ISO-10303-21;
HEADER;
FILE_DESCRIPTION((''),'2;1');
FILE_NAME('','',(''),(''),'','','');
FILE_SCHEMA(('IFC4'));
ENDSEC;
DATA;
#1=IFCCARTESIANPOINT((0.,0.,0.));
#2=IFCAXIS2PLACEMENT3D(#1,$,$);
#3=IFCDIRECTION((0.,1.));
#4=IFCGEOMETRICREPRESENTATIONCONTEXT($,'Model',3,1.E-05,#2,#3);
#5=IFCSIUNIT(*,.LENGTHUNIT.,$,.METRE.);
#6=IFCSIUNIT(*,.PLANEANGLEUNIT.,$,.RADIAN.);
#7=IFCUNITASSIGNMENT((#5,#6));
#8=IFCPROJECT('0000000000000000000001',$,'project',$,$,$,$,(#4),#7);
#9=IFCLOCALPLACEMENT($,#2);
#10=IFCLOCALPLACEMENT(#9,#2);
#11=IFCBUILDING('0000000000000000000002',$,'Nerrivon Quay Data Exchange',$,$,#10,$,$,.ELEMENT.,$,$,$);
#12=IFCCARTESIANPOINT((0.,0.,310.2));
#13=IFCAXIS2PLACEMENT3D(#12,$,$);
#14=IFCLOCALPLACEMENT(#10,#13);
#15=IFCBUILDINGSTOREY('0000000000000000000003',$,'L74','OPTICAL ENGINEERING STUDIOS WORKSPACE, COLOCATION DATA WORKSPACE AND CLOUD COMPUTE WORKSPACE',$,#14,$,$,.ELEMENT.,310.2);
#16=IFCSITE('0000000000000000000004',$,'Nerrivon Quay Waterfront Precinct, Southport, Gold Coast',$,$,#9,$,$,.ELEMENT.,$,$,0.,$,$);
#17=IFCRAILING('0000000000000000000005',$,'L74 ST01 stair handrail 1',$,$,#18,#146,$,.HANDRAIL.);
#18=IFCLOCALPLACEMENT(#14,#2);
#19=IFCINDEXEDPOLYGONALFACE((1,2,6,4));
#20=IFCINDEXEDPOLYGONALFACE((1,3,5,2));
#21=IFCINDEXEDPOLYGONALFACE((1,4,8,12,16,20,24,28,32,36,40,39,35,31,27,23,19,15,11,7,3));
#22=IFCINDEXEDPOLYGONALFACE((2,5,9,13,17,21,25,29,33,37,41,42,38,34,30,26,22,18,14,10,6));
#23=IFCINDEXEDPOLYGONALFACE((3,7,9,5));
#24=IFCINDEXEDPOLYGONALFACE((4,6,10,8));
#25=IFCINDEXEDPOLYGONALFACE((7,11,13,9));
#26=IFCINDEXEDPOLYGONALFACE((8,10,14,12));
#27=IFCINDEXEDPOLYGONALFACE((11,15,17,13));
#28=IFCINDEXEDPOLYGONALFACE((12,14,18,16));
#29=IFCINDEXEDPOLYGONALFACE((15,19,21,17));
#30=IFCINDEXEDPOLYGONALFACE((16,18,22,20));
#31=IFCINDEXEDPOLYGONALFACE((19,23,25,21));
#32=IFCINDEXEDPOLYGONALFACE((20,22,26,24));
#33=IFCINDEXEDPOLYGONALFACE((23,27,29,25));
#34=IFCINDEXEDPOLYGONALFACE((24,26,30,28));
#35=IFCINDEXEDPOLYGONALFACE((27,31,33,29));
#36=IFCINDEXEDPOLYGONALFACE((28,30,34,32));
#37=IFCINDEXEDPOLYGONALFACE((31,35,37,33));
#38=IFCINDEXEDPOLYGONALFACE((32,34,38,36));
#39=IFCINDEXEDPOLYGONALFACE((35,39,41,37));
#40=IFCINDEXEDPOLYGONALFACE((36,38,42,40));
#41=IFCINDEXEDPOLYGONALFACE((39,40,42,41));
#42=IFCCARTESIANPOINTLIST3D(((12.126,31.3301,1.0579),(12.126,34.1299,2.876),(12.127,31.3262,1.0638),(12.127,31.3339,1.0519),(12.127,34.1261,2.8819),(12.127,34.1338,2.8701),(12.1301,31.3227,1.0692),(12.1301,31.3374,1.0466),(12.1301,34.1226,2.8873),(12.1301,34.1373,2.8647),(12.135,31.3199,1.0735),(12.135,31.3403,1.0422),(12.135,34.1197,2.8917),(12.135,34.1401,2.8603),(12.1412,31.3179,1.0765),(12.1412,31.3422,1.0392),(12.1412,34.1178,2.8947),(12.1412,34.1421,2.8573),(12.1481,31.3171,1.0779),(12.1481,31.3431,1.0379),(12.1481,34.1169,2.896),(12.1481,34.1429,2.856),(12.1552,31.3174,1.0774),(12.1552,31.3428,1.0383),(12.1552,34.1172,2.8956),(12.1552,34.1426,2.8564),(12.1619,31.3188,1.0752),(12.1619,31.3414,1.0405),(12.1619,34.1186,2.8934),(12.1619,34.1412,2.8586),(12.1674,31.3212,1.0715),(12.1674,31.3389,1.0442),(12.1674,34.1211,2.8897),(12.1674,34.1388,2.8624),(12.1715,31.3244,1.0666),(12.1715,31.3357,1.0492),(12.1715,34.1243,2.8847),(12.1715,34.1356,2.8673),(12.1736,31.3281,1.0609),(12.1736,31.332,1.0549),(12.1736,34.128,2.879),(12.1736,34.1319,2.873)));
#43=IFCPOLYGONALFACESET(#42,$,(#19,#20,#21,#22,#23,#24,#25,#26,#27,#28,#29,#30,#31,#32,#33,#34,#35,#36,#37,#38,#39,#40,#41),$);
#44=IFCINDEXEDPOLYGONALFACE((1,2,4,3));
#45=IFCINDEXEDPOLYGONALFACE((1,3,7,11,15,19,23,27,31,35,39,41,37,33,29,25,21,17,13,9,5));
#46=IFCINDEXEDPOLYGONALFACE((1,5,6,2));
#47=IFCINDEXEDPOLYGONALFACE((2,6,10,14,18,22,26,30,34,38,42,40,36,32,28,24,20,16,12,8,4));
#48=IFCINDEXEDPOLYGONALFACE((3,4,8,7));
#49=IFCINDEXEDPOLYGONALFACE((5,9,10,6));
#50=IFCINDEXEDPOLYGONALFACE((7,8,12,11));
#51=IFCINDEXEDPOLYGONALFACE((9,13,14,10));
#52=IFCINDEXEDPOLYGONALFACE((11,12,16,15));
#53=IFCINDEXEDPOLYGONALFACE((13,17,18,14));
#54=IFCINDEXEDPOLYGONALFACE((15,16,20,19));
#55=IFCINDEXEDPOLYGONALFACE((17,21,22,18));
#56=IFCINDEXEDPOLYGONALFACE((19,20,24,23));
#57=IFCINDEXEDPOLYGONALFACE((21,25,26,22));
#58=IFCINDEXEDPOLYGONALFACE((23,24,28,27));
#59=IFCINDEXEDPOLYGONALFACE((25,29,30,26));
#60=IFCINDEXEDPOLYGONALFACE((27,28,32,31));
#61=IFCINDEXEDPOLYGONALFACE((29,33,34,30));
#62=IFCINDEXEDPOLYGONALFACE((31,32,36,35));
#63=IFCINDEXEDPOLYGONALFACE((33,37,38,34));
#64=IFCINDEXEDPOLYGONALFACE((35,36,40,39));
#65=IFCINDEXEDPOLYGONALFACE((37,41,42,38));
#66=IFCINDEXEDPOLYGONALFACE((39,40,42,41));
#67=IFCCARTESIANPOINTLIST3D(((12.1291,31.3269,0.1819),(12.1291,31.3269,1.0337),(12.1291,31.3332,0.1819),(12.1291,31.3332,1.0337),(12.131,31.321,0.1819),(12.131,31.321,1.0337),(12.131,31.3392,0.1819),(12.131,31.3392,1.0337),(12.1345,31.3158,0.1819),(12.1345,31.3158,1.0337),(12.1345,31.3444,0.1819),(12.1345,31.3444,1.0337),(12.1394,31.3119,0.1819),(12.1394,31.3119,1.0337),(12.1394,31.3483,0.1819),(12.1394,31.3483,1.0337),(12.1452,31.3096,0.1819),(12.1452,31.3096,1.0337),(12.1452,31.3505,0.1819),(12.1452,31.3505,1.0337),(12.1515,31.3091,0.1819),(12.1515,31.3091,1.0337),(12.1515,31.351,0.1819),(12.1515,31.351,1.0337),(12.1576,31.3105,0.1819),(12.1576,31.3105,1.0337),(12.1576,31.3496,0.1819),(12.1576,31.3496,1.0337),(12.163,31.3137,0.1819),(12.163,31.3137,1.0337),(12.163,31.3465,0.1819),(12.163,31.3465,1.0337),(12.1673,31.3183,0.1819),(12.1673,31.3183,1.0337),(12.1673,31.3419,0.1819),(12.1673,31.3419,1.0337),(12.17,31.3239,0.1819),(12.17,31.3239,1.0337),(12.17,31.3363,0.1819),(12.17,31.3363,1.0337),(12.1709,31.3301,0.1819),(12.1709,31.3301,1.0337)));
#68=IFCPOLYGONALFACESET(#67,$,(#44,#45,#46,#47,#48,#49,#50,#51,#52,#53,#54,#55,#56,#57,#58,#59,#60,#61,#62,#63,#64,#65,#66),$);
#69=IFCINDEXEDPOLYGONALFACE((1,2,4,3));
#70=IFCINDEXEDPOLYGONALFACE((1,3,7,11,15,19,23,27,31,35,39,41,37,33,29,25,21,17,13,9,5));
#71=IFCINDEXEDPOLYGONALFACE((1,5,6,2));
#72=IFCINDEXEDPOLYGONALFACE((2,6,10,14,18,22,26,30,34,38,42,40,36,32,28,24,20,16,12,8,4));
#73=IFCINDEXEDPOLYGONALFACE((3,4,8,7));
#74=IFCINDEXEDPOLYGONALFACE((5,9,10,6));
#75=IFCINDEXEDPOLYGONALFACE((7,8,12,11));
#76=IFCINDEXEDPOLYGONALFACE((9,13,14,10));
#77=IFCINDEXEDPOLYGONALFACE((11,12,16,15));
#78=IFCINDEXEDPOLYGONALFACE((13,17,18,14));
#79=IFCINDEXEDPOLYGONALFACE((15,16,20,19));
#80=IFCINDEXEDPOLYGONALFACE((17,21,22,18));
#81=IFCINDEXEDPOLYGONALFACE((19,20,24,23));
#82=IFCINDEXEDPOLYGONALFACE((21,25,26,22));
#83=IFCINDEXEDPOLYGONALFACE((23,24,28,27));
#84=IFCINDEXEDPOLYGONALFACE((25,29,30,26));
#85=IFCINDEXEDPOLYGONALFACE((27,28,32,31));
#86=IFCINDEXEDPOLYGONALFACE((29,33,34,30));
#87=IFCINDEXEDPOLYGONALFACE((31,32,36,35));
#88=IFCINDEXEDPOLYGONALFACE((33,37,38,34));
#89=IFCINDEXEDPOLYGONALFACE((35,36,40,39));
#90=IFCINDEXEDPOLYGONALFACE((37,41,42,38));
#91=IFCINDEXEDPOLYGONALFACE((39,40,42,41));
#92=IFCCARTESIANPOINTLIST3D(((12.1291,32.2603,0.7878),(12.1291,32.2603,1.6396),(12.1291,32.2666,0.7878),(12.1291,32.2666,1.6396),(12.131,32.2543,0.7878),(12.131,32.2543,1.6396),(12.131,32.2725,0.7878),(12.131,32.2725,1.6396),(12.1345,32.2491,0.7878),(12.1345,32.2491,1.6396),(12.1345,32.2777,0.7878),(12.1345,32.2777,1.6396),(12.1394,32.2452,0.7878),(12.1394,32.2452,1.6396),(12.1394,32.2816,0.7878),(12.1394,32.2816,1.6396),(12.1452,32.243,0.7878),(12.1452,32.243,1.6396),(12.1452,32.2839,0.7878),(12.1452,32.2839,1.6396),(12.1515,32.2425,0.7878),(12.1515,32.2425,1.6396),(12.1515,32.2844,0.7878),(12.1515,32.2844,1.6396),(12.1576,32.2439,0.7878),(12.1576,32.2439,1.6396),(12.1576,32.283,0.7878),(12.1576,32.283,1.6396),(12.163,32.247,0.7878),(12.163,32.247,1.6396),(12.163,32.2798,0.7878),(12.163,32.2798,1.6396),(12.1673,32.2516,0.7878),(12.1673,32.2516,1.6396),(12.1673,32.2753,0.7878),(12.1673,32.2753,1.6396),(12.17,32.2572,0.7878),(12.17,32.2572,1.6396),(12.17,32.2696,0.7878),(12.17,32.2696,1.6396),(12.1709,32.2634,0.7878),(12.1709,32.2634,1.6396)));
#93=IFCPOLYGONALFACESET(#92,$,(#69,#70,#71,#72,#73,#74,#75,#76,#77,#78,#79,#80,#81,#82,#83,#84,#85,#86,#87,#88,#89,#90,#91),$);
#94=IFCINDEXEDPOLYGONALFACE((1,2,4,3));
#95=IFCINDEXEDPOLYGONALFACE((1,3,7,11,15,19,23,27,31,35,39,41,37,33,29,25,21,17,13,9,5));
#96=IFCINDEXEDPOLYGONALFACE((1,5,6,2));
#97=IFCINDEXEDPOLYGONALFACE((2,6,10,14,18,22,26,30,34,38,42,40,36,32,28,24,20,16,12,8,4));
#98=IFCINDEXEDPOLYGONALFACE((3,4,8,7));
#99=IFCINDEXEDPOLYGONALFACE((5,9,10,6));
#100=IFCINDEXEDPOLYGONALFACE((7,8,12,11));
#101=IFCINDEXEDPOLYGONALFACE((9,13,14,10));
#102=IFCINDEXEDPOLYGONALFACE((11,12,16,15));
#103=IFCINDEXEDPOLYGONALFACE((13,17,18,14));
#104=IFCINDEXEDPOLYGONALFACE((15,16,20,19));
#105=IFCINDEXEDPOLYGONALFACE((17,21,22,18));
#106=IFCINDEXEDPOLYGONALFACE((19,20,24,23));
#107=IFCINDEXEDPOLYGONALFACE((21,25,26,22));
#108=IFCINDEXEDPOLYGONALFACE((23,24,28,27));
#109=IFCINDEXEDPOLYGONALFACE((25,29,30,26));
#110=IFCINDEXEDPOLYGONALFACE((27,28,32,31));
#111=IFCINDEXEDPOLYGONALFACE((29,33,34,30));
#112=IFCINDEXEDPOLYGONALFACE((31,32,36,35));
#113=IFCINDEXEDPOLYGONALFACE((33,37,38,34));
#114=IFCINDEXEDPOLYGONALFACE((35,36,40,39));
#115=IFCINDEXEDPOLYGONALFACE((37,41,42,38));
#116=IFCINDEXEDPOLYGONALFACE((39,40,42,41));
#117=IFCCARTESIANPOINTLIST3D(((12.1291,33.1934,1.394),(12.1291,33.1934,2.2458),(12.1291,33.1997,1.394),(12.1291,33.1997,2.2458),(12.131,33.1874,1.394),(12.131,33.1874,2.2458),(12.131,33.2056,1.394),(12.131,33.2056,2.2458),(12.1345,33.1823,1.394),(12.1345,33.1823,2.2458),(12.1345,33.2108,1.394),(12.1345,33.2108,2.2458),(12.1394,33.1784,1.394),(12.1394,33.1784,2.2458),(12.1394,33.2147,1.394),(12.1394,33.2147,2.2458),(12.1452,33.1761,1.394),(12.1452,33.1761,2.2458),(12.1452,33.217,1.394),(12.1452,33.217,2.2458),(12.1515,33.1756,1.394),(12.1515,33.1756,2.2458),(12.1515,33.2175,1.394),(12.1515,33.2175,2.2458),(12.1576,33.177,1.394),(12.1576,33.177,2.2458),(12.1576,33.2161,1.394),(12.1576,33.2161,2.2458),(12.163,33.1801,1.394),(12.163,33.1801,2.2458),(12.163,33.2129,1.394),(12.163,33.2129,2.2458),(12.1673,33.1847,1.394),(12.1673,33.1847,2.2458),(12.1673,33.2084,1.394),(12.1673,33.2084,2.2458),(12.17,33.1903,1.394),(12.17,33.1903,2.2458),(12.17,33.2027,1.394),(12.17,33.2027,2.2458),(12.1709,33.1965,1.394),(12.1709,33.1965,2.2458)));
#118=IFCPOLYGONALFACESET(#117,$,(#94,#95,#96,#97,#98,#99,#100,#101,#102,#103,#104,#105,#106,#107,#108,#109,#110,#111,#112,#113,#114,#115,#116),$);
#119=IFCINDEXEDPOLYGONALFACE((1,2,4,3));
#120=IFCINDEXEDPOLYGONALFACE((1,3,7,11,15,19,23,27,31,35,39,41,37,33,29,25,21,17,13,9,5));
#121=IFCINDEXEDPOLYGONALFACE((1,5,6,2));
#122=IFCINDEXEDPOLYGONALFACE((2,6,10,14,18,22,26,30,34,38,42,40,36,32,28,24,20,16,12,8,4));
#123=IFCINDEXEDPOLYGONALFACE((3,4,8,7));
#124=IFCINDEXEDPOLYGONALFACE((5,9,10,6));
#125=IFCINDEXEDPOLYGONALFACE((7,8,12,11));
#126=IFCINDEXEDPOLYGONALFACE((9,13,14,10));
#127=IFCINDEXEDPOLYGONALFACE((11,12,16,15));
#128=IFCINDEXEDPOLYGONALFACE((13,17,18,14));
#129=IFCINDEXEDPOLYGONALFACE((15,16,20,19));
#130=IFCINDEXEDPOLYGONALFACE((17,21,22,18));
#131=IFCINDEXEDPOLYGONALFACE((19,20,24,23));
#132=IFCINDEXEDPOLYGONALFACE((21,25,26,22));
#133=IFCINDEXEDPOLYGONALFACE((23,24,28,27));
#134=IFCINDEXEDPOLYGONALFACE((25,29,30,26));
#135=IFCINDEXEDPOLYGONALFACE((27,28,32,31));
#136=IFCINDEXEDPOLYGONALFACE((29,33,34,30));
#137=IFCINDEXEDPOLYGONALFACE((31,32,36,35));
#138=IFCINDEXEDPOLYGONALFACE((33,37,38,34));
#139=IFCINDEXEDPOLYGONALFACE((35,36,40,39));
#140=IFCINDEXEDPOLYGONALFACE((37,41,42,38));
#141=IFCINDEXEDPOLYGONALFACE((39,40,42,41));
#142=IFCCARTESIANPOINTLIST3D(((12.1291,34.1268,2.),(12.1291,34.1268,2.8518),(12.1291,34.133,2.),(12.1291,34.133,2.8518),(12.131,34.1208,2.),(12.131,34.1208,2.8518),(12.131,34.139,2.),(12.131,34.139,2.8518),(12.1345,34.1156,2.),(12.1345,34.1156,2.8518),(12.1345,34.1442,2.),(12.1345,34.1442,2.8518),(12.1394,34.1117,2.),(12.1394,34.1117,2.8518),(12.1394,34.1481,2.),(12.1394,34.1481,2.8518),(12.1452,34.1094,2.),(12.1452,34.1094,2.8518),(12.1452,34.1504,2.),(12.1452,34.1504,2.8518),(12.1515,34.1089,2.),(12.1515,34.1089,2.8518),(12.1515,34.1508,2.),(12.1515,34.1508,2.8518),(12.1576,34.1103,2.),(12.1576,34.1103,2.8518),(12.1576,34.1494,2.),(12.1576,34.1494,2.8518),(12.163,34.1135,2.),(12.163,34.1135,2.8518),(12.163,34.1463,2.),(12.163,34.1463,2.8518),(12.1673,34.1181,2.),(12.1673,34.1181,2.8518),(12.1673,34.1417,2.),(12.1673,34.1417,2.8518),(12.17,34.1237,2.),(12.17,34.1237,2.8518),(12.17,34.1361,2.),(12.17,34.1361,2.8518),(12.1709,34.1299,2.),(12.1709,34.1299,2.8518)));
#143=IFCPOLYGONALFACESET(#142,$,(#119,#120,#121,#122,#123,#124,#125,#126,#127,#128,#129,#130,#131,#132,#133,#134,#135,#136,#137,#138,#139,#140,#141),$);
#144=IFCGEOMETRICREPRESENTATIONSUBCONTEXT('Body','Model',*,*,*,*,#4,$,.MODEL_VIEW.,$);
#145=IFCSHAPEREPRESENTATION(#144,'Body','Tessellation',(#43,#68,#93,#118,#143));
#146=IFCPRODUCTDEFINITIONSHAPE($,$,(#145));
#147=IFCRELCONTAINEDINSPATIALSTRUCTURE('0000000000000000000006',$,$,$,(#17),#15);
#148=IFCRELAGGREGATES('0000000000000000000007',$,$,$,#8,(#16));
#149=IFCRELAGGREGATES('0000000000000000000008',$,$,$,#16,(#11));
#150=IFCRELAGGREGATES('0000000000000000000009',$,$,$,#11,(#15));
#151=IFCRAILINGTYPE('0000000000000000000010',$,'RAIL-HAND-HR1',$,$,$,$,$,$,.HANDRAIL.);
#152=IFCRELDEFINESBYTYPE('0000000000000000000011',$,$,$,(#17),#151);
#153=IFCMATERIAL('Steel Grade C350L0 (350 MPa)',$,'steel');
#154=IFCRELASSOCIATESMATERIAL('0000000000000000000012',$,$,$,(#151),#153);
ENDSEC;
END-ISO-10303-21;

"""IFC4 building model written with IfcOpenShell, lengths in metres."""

from ifc_helpers import new_model, si_unit, direction, frame, origin, origin_2d, place, context, subcontext, project, spatial, circle, extrude, material, type_object, element, save


model = new_model("IFC4")

# Units and contexts
model_context = context("Model", 3, precision=1e-05, world=origin(), true_north=direction((0.0, 1.0)))
body_context = subcontext(model_context, "Body", "Model", "MODEL_VIEW")
ifc_project = project(units=[si_unit("LENGTHUNIT", "METRE"), si_unit("PLANEANGLEUNIT", "RADIAN")], contexts=[model_context])

# Site, building, storey
site_placement = place(None, origin())
site = spatial("IfcSite", under=ifc_project, at=site_placement, Name="Nerrivon Quay Waterfront Precinct, Southport, Gold Coast", CompositionType="ELEMENT", RefElevation=0.0)
building_placement = place(site_placement, origin())
building = spatial("IfcBuilding", under=site, at=building_placement, Name="Nerrivon Quay Data Exchange", CompositionType="ELEMENT")
storey_placement = place(building_placement, frame((0.0, 0.0, 310.2)))
storey = spatial("IfcBuildingStorey", under=building, at=storey_placement, Name="L74", Description="OPTICAL ENGINEERING STUDIOS WORKSPACE, COLOCATION DATA WORKSPACE AND CLOUD COMPUTE WORKSPACE", CompositionType="ELEMENT", Elevation=310.2)

# Railing
ifc_material_1 = material(Name="Steel Grade C350L0 (350 MPa)", Category="steel")
railing_type_1 = type_object("IfcRailingType", Name="RAIL-HAND-HR1", PredefinedType="HANDRAIL", material=ifc_material_1)
railing_1_placement = place(storey_placement, frame((12.1499, 31.3301, 0.1819)))
element("IfcRailing", 1, at=railing_1_placement, inside=storey, type_object=railing_type_1, Name="L74 ST01 stair handrail 1", PredefinedType="HANDRAIL", context=body_context, shape_type="SweptSolid", body=[
    extrude(circle(Radius=0.0239, at=origin_2d()), frame((0.0, 0.0, 0.876), z_axis=(0.0, 0.838684, 0.544618), x_axis=(-1.0, 0.0, 0.0)), (0.0, 0.0, 1.0), 3.3384),
    extrude(circle(Radius=0.021, at=origin_2d()), origin(), (0.0, 0.0, 1.0), 0.8518),
    extrude(circle(Radius=0.021, at=origin_2d()), frame((0.0, 0.9333, 0.606)), (0.0, 0.0, 1.0), 0.8518),
    extrude(circle(Radius=0.021, at=origin_2d()), frame((0.0, 1.8665, 1.2122)), (0.0, 0.0, 1.0), 0.8518),
    extrude(circle(Radius=0.021, at=origin_2d()), frame((0.0, 2.7998, 1.8181)), (0.0, 0.0, 1.0), 0.8518),
])

save(model, "model.ifc")
